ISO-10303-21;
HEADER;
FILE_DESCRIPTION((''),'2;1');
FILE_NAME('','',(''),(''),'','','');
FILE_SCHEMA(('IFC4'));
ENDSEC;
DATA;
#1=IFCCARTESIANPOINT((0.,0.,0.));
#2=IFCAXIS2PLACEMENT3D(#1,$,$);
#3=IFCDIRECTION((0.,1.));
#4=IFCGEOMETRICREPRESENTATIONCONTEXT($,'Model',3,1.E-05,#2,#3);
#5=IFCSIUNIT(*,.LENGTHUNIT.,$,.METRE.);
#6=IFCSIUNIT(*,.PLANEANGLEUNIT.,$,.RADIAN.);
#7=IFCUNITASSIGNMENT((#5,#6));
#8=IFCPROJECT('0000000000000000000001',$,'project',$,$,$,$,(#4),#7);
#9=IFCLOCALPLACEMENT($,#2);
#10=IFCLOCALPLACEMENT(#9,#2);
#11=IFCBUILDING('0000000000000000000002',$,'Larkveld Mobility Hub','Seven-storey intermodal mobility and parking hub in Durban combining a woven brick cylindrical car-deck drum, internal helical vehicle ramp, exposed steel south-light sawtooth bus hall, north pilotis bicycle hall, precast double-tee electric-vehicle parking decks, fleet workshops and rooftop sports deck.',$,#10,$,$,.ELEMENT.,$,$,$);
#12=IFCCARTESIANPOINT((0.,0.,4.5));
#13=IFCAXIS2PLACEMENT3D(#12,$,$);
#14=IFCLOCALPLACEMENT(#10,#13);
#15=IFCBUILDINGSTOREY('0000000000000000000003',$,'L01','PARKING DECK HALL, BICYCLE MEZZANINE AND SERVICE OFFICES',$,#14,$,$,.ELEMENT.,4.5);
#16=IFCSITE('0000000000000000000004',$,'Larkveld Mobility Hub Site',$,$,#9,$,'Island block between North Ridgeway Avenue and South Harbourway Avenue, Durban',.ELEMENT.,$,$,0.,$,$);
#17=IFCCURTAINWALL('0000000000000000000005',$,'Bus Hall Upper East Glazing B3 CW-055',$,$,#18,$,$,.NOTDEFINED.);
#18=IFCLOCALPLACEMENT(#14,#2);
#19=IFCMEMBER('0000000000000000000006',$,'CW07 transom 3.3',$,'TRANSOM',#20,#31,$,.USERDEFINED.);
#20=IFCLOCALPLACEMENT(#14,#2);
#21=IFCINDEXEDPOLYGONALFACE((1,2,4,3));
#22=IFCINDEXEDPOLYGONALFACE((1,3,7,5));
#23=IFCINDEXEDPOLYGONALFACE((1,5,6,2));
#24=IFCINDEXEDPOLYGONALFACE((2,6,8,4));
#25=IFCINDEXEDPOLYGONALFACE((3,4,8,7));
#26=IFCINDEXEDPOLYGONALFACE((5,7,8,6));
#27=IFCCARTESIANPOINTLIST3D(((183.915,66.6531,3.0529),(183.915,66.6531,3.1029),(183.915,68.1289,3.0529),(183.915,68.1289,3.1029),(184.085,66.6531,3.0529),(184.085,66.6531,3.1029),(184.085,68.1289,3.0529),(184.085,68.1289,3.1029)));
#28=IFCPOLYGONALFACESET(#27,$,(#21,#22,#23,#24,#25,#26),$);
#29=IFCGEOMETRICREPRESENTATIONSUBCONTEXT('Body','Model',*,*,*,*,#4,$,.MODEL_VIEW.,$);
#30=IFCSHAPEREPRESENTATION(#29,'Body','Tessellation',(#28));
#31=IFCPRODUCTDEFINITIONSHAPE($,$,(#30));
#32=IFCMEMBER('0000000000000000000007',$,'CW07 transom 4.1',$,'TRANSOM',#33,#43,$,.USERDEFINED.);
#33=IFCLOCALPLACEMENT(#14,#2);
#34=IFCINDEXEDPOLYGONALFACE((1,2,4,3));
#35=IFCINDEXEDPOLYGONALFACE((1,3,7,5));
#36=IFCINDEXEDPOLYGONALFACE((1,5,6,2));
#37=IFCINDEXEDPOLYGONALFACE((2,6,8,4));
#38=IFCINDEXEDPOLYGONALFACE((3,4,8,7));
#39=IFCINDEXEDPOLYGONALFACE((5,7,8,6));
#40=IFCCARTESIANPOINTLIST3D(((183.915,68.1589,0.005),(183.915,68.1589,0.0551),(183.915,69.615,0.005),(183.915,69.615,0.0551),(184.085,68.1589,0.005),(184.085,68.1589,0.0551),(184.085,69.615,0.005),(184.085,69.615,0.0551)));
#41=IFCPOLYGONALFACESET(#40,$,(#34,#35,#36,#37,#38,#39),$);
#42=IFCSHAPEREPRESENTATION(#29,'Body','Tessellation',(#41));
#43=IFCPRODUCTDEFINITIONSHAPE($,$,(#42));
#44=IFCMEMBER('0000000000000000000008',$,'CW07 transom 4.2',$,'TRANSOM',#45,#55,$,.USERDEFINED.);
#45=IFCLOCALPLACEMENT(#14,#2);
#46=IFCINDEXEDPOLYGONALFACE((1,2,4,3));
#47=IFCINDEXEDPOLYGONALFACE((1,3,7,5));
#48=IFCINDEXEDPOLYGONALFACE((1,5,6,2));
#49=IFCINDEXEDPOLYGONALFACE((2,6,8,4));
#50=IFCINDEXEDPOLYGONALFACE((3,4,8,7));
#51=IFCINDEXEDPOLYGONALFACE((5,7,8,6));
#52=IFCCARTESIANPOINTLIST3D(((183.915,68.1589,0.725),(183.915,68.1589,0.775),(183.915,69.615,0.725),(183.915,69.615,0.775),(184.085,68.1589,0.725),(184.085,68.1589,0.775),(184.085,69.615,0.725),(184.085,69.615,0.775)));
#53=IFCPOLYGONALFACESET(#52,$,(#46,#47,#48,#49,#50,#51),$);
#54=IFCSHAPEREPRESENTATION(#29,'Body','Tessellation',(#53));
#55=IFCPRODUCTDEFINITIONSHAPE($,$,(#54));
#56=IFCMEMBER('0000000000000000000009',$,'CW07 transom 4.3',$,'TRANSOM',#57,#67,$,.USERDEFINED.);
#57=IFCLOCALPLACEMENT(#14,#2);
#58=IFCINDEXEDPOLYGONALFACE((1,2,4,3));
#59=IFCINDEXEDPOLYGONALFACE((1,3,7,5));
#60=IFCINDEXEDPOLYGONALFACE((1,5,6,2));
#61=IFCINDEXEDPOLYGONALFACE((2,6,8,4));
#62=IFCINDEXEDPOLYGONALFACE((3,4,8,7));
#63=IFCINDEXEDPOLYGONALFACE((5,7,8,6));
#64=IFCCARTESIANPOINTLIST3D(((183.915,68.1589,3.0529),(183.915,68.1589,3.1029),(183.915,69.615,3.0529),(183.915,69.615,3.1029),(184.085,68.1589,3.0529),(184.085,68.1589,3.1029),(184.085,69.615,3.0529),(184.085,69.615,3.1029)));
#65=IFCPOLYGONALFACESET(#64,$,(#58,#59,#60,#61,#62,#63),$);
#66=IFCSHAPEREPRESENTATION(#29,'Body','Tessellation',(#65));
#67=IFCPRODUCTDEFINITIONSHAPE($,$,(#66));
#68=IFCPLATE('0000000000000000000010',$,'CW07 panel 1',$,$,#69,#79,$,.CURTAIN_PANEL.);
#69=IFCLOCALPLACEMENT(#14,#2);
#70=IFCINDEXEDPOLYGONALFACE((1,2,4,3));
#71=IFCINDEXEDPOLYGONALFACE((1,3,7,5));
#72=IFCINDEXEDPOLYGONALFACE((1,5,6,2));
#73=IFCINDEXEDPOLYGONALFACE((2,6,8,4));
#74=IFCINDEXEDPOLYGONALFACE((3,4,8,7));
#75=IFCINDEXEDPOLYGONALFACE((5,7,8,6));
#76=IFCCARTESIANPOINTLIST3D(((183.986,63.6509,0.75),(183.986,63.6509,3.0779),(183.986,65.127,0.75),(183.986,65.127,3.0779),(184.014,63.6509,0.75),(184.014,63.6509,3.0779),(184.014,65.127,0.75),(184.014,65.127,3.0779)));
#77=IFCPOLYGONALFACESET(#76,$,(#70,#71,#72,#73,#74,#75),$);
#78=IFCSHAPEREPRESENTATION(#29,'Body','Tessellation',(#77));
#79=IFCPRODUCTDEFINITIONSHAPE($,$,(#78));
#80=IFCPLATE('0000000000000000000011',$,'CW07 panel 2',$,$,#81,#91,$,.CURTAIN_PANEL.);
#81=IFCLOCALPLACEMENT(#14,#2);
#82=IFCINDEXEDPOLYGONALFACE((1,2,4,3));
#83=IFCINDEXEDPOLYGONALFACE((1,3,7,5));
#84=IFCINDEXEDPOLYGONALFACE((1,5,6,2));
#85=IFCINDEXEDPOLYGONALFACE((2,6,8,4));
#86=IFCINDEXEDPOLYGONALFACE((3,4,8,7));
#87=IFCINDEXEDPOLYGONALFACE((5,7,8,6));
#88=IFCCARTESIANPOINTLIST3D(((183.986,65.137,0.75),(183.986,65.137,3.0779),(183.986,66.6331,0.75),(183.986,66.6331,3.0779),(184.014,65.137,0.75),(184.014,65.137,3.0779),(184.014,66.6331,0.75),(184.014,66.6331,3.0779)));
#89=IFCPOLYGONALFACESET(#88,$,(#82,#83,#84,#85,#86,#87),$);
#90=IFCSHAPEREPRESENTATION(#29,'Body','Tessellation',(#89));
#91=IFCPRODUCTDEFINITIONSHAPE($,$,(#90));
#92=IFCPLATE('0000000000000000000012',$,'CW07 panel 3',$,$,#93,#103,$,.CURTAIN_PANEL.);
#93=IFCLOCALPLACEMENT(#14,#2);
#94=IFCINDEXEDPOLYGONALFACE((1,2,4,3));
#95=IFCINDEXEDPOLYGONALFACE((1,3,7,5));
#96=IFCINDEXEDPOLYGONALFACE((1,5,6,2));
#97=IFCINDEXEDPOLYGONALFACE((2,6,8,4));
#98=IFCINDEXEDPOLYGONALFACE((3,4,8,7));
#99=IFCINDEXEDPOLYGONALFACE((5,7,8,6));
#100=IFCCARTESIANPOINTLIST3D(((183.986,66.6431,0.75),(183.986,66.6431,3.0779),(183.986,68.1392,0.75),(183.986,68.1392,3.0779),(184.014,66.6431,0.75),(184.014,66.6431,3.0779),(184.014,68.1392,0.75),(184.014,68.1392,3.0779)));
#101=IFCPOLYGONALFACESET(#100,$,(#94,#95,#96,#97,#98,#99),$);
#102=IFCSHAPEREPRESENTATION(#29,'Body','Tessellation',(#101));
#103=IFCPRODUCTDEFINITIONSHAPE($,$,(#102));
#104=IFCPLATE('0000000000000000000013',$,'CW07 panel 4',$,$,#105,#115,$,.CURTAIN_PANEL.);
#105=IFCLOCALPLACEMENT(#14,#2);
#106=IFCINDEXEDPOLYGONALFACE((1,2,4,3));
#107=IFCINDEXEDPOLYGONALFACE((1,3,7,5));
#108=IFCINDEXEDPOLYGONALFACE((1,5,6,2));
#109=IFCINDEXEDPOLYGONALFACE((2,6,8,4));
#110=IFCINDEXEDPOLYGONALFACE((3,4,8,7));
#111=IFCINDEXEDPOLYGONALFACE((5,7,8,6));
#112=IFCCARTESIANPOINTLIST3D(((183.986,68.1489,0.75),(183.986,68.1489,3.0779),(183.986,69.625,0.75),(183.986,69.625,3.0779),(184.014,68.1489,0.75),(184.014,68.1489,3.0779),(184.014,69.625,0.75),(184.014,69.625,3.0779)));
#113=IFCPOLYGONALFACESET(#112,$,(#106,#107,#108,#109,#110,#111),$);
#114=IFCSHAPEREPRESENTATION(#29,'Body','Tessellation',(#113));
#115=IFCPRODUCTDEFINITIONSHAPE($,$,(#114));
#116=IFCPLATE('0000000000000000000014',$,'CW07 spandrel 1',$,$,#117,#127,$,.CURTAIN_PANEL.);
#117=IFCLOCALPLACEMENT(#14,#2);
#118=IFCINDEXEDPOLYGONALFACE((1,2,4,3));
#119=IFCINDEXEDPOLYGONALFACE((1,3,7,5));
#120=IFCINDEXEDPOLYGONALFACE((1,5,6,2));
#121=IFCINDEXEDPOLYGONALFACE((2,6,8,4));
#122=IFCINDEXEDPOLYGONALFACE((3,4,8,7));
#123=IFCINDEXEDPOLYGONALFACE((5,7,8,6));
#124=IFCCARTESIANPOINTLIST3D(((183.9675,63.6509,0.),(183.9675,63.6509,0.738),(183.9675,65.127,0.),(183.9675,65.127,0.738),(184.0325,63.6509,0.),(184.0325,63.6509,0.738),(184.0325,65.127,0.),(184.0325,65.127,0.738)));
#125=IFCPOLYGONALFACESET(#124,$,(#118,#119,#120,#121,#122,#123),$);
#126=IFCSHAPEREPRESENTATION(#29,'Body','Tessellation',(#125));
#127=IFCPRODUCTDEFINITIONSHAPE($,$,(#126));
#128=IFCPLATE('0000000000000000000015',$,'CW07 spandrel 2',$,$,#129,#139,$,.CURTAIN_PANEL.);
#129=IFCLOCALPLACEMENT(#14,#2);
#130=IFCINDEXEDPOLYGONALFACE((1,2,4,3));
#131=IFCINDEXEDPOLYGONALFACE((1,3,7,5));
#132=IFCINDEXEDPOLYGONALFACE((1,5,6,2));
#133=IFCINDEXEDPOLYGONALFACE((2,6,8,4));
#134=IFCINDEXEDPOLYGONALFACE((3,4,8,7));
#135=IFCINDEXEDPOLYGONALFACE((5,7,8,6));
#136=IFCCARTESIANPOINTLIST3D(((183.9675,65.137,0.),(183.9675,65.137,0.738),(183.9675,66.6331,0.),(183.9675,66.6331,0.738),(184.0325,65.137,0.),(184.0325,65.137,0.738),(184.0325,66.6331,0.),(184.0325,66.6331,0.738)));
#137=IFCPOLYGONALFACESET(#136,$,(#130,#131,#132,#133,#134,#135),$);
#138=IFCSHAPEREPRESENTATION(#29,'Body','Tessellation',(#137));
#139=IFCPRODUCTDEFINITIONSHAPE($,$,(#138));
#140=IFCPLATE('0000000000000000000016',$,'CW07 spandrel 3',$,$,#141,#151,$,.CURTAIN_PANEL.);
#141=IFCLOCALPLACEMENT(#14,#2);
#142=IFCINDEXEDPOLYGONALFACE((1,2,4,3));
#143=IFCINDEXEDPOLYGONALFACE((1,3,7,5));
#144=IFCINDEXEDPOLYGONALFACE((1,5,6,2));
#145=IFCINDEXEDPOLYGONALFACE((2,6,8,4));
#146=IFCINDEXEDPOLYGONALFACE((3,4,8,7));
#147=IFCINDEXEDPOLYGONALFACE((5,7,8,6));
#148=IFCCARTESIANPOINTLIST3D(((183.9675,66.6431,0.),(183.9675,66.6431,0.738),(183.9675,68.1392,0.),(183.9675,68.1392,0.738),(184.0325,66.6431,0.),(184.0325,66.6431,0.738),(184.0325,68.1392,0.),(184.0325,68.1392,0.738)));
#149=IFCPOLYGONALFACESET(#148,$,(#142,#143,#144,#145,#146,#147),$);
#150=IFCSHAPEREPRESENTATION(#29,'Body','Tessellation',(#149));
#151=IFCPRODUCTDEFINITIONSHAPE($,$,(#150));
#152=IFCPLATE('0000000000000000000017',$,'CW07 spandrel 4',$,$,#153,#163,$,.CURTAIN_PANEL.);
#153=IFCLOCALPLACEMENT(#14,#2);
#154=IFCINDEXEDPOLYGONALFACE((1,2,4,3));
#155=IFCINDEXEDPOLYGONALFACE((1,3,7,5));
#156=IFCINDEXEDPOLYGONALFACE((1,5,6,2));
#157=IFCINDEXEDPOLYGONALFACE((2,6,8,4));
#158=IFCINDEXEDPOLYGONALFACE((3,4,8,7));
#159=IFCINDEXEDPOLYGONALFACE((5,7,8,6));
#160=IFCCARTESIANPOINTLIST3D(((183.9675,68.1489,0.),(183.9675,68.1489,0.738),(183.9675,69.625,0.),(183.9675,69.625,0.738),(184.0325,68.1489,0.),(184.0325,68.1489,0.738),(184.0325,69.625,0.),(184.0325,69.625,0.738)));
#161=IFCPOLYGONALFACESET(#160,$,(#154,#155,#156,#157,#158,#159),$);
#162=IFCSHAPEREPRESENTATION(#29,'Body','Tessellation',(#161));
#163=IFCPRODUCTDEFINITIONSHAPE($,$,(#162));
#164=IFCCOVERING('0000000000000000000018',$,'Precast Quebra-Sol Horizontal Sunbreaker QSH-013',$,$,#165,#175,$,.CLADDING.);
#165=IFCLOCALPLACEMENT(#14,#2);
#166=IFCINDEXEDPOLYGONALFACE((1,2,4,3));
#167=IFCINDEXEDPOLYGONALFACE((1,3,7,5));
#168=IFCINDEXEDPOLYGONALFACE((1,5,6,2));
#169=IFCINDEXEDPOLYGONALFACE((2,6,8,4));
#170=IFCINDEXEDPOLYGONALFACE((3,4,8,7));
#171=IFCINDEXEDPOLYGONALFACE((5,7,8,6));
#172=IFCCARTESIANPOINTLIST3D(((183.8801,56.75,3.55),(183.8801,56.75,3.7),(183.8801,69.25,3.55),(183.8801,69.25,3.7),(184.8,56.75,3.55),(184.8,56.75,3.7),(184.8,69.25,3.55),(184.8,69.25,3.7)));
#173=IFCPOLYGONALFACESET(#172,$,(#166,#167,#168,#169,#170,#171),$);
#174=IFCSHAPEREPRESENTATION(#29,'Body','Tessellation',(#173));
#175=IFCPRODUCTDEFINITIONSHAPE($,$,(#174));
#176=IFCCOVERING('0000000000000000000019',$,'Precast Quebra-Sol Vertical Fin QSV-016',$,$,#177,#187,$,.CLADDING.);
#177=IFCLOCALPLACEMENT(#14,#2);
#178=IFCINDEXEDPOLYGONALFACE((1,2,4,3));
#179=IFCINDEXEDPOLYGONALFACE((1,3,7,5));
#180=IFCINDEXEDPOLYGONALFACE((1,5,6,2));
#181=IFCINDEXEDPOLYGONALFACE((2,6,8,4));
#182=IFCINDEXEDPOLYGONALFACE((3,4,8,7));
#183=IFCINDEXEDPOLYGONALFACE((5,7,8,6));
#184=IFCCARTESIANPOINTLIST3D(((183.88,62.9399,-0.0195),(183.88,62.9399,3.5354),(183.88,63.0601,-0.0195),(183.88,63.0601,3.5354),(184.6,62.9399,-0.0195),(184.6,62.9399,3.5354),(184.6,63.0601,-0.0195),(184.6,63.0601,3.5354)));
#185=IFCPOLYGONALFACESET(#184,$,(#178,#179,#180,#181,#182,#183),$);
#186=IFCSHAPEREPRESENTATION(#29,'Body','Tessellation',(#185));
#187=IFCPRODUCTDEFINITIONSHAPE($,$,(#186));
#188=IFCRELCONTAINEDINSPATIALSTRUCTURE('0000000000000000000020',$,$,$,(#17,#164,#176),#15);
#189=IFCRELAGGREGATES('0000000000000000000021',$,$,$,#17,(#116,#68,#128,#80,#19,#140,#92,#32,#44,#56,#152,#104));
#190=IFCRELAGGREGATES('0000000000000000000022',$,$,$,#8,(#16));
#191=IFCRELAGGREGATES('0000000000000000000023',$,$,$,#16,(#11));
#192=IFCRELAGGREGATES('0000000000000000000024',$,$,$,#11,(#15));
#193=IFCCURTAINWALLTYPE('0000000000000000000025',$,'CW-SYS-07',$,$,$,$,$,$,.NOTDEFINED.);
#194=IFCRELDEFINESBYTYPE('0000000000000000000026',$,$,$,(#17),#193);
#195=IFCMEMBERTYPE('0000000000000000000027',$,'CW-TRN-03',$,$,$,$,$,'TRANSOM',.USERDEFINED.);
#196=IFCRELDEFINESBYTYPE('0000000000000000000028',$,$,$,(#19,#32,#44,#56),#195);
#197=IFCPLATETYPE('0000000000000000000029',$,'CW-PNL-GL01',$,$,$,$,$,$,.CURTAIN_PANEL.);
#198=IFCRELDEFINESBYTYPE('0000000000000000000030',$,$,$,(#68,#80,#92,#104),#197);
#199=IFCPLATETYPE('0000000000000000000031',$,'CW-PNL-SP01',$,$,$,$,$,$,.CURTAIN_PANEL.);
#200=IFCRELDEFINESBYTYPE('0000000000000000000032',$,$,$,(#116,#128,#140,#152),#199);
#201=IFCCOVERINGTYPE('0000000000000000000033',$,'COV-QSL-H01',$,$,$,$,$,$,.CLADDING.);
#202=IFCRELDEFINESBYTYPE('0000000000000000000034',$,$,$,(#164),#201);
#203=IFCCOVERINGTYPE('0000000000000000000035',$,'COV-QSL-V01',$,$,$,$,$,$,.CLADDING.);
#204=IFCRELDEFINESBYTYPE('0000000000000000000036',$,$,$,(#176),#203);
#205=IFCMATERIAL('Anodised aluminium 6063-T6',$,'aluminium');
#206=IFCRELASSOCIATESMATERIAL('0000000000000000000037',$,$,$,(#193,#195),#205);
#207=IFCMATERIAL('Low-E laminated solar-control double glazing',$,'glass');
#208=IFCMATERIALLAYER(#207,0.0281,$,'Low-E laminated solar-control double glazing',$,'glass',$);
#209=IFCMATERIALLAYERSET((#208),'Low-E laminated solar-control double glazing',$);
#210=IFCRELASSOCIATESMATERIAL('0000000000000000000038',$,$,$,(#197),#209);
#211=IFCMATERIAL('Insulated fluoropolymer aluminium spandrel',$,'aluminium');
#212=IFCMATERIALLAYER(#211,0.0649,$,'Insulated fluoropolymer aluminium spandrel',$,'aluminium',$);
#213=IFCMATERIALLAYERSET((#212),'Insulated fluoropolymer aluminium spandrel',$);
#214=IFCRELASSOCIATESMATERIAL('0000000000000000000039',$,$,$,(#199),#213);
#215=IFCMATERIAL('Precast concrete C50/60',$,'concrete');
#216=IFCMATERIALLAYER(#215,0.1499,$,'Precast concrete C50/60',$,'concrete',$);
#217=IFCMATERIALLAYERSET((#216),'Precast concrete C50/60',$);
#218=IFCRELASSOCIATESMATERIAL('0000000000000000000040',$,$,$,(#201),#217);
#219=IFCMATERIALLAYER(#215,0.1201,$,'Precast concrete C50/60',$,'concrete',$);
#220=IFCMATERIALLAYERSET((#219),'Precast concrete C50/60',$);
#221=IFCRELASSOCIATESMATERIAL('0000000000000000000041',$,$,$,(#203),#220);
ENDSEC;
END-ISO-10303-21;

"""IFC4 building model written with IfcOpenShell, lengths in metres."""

from ifc_helpers import new_model, si_unit, direction, frame, origin, origin_2d, place, context, subcontext, project, spatial, rectangle, extrude, material, layer, layer_set, material_profile, profile_set, type_object, element, aggregate, save


model = new_model("IFC4")

# Units and contexts
model_context = context("Model", 3, precision=1e-05, world=origin(), true_north=direction((0.0, 1.0)))
body_context = subcontext(model_context, "Body", "Model", "MODEL_VIEW")
ifc_project = project(units=[si_unit("LENGTHUNIT", "METRE"), si_unit("PLANEANGLEUNIT", "RADIAN")], contexts=[model_context])

# Site, building, storey
site_placement = place(None, origin())
site = spatial("IfcSite", under=ifc_project, at=site_placement, Name="Larkveld Mobility Hub Site", LongName="Island block between North Ridgeway Avenue and South Harbourway Avenue, Durban", CompositionType="ELEMENT", RefElevation=0.0)
building_placement = place(site_placement, origin())
building = spatial("IfcBuilding", under=site, at=building_placement, Name="Larkveld Mobility Hub", Description="Seven-storey intermodal mobility and parking hub in Durban combining a woven brick cylindrical car-deck drum, internal helical vehicle ramp, exposed steel south-light sawtooth bus hall, north pilotis bicycle hall, precast double-tee electric-vehicle parking decks, fleet workshops and rooftop sports deck.", CompositionType="ELEMENT")
storey_placement = place(building_placement, frame((0.0, 0.0, 4.5)))
storey = spatial("IfcBuildingStorey", under=building, at=storey_placement, Name="L01", Description="PARKING DECK HALL, BICYCLE MEZZANINE AND SERVICE OFFICES", CompositionType="ELEMENT", Elevation=4.5)

# Curtain wall
ifc_material_1 = material(Name="Anodised aluminium 6063-T6", Category="aluminium")
curtain_wall_type_1 = type_object("IfcCurtainWallType", Name="CW-SYS-07", PredefinedType="NOTDEFINED", material=ifc_material_1)
curtain_wall_1_placement = place(storey_placement, origin())
curtain_wall_1 = element("IfcCurtainWall", 1, at=curtain_wall_1_placement, inside=storey, type_object=curtain_wall_type_1, Name="Bus Hall Upper East Glazing B3 CW-055", PredefinedType="NOTDEFINED")

# Members
ifc_material_profile_1 = material_profile(ifc_material_1, rectangle(XDim=0.1699, YDim=0.05, at=origin_2d()), Name="ALU TRAN 50x170")
ifc_profile_set_1 = profile_set([ifc_material_profile_1], Name="Anodised aluminium 6063-T6")
member_type_1 = type_object("IfcMemberType", Name="CW-TRN-03", ElementType="TRANSOM", PredefinedType="USERDEFINED", material=ifc_profile_set_1)
member_1_placement = place(storey_placement, frame((184.0, 66.6531, 3.0779), z_axis=(0.0, 1.0, 0.0), x_axis=(-1.0, 0.0, 0.0)))
member_1 = element("IfcMember", 2, at=member_1_placement, type_object=member_type_1, Name="CW07 transom 3.3", ObjectType="TRANSOM", PredefinedType="USERDEFINED", context=body_context, shape_type="SweptSolid", body=[
    extrude(rectangle(XDim=0.1699, YDim=0.05, at=origin_2d()), origin(), (0.0, 0.0, 1.0), 1.4758),
])
member_2_placement = place(storey_placement, frame((184.0, 68.1589, 0.03), z_axis=(0.0, 1.0, 0.0), x_axis=(-1.0, 0.0, 0.0)))
member_2 = element("IfcMember", 3, at=member_2_placement, type_object=member_type_1, Name="CW07 transom 4.1", ObjectType="TRANSOM", PredefinedType="USERDEFINED", context=body_context, shape_type="SweptSolid", body=[
    extrude(rectangle(XDim=0.1699, YDim=0.05, at=origin_2d()), origin(), (0.0, 0.0, 1.0), 1.4561),
])
member_3_placement = place(storey_placement, frame((184.0, 68.1589, 0.75), z_axis=(0.0, 1.0, 0.0), x_axis=(-1.0, 0.0, 0.0)))
member_3 = element("IfcMember", 4, at=member_3_placement, type_object=member_type_1, Name="CW07 transom 4.2", ObjectType="TRANSOM", PredefinedType="USERDEFINED", context=body_context, shape_type="SweptSolid", body=[
    extrude(rectangle(XDim=0.1699, YDim=0.05, at=origin_2d()), origin(), (0.0, 0.0, 1.0), 1.4561),
])
member_4_placement = place(storey_placement, frame((184.0, 68.1589, 3.0779), z_axis=(0.0, 1.0, 0.0), x_axis=(-1.0, 0.0, 0.0)))
member_4 = element("IfcMember", 5, at=member_4_placement, type_object=member_type_1, Name="CW07 transom 4.3", ObjectType="TRANSOM", PredefinedType="USERDEFINED", context=body_context, shape_type="SweptSolid", body=[
    extrude(rectangle(XDim=0.1699, YDim=0.05, at=origin_2d()), origin(), (0.0, 0.0, 1.0), 1.4561),
])

# Plates
ifc_material_2 = material(Name="Low-E laminated solar-control double glazing", Category="glass")
ifc_layer_1 = layer(ifc_material_2, 0.0281, Name="Low-E laminated solar-control double glazing", Category="glass")
ifc_layer_set_1 = layer_set([ifc_layer_1], Name="Low-E laminated solar-control double glazing")
plate_type_1 = type_object("IfcPlateType", Name="CW-PNL-GL01", PredefinedType="CURTAIN_PANEL", material=ifc_layer_set_1)
plate_1_placement = place(storey_placement, frame((184.0, 64.3889, 0.75), z_axis=(0.0, 0.0, 1.0), x_axis=(0.0, 1.0, 0.0)))
plate_1 = element("IfcPlate", 6, at=plate_1_placement, type_object=plate_type_1, Name="CW07 panel 1", PredefinedType="CURTAIN_PANEL", context=body_context, shape_type="SweptSolid", body=[
    extrude(rectangle(XDim=1.4761, YDim=0.0281, at=origin_2d()), origin(), (0.0, 0.0, 1.0), 2.3279),
])
plate_2_placement = place(storey_placement, frame((184.0, 65.885, 0.75), z_axis=(0.0, 0.0, 1.0), x_axis=(0.0, 1.0, 0.0)))
plate_2 = element("IfcPlate", 7, at=plate_2_placement, type_object=plate_type_1, Name="CW07 panel 2", PredefinedType="CURTAIN_PANEL", context=body_context, shape_type="SweptSolid", body=[
    extrude(rectangle(XDim=1.4961, YDim=0.0281, at=origin_2d()), origin(), (0.0, 0.0, 1.0), 2.3279),
])
plate_3_placement = place(storey_placement, frame((184.0, 67.3911, 0.75), z_axis=(0.0, 0.0, 1.0), x_axis=(0.0, 1.0, 0.0)))
plate_3 = element("IfcPlate", 8, at=plate_3_placement, type_object=plate_type_1, Name="CW07 panel 3", PredefinedType="CURTAIN_PANEL", context=body_context, shape_type="SweptSolid", body=[
    extrude(rectangle(XDim=1.4961, YDim=0.0281, at=origin_2d()), origin(), (0.0, 0.0, 1.0), 2.3279),
])
plate_4_placement = place(storey_placement, frame((184.0, 68.887, 0.75), z_axis=(0.0, 0.0, 1.0), x_axis=(0.0, 1.0, 0.0)))
plate_4 = element("IfcPlate", 9, at=plate_4_placement, type_object=plate_type_1, Name="CW07 panel 4", PredefinedType="CURTAIN_PANEL", context=body_context, shape_type="SweptSolid", body=[
    extrude(rectangle(XDim=1.4761, YDim=0.0281, at=origin_2d()), origin(), (0.0, 0.0, 1.0), 2.3279),
])
ifc_material_3 = material(Name="Insulated fluoropolymer aluminium spandrel", Category="aluminium")
ifc_layer_2 = layer(ifc_material_3, 0.0649, Name="Insulated fluoropolymer aluminium spandrel", Category="aluminium")
ifc_layer_set_2 = layer_set([ifc_layer_2], Name="Insulated fluoropolymer aluminium spandrel")
plate_type_2 = type_object("IfcPlateType", Name="CW-PNL-SP01", PredefinedType="CURTAIN_PANEL", material=ifc_layer_set_2)
plate_5_placement = place(storey_placement, frame((184.0, 64.3889, 0.0), z_axis=(0.0, 0.0, 1.0), x_axis=(0.0, 1.0, 0.0)))
plate_5 = element("IfcPlate", 10, at=plate_5_placement, type_object=plate_type_2, Name="CW07 spandrel 1", PredefinedType="CURTAIN_PANEL", context=body_context, shape_type="SweptSolid", body=[
    extrude(rectangle(XDim=1.4761, YDim=0.0649, at=origin_2d()), origin(), (0.0, 0.0, 1.0), 0.738),
])
plate_6_placement = place(storey_placement, frame((184.0, 65.885, 0.0), z_axis=(0.0, 0.0, 1.0), x_axis=(0.0, 1.0, 0.0)))
plate_6 = element("IfcPlate", 11, at=plate_6_placement, type_object=plate_type_2, Name="CW07 spandrel 2", PredefinedType="CURTAIN_PANEL", context=body_context, shape_type="SweptSolid", body=[
    extrude(rectangle(XDim=1.4961, YDim=0.0649, at=origin_2d()), origin(), (0.0, 0.0, 1.0), 0.738),
])
plate_7_placement = place(storey_placement, frame((184.0, 67.3911, 0.0), z_axis=(0.0, 0.0, 1.0), x_axis=(0.0, 1.0, 0.0)))
plate_7 = element("IfcPlate", 12, at=plate_7_placement, type_object=plate_type_2, Name="CW07 spandrel 3", PredefinedType="CURTAIN_PANEL", context=body_context, shape_type="SweptSolid", body=[
    extrude(rectangle(XDim=1.4961, YDim=0.0649, at=origin_2d()), origin(), (0.0, 0.0, 1.0), 0.738),
])
plate_8_placement = place(storey_placement, frame((184.0, 68.887, 0.0), z_axis=(0.0, 0.0, 1.0), x_axis=(0.0, 1.0, 0.0)))
plate_8 = element("IfcPlate", 13, at=plate_8_placement, type_object=plate_type_2, Name="CW07 spandrel 4", PredefinedType="CURTAIN_PANEL", context=body_context, shape_type="SweptSolid", body=[
    extrude(rectangle(XDim=1.4761, YDim=0.0649, at=origin_2d()), origin(), (0.0, 0.0, 1.0), 0.738),
])
aggregate(curtain_wall_1, [plate_5, plate_1, plate_6, plate_2, member_1, plate_7, plate_3, member_2, member_3, member_4, plate_8, plate_4])

# Coverings
ifc_material_4 = material(Name="Precast concrete C50/60", Category="concrete")
ifc_layer_3 = layer(ifc_material_4, 0.1499, Name="Precast concrete C50/60", Category="concrete")
ifc_layer_set_3 = layer_set([ifc_layer_3], Name="Precast concrete C50/60")
covering_type_1 = type_object("IfcCoveringType", Name="COV-QSL-H01", PredefinedType="CLADDING", material=ifc_layer_set_3)
covering_placement = place(storey_placement, frame((184.3401, 63.0, 3.55), z_axis=(0.0, 0.0, 1.0), x_axis=(0.0, 1.0, 0.0)))
element("IfcCovering", 14, at=covering_placement, inside=storey, type_object=covering_type_1, Name="Precast Quebra-Sol Horizontal Sunbreaker QSH-013", PredefinedType="CLADDING", context=body_context, shape_type="SweptSolid", body=[
    extrude(rectangle(XDim=12.5, YDim=0.9199, at=origin_2d()), origin(), (0.0, 0.0, 1.0), 0.1499),
])
ifc_layer_4 = layer(ifc_material_4, 0.1201, Name="Precast concrete C50/60", Category="concrete")
ifc_layer_set_4 = layer_set([ifc_layer_4], Name="Precast concrete C50/60")
covering_type_2 = type_object("IfcCoveringType", Name="COV-QSL-V01", PredefinedType="CLADDING", material=ifc_layer_set_4)
for number, where, z_axis, x_axis, name in (
    (15, (184.24, 63.0, -0.0195), (0.0, 0.0, 1.0), (0.0, 1.0, 0.0), "Precast Quebra-Sol Vertical Fin QSV-016"),
):
    element("IfcCovering", number, at=place(storey_placement, frame(where, z_axis=z_axis, x_axis=x_axis)), inside=storey, type_object=covering_type_2, Name=name, PredefinedType="CLADDING", context=body_context, shape_type="SweptSolid", body=[
        extrude(rectangle(XDim=0.1201, YDim=0.72, at=origin_2d()), origin(), (0.0, 0.0, 1.0), 3.5549),
    ])

save(model, "model.ifc")
